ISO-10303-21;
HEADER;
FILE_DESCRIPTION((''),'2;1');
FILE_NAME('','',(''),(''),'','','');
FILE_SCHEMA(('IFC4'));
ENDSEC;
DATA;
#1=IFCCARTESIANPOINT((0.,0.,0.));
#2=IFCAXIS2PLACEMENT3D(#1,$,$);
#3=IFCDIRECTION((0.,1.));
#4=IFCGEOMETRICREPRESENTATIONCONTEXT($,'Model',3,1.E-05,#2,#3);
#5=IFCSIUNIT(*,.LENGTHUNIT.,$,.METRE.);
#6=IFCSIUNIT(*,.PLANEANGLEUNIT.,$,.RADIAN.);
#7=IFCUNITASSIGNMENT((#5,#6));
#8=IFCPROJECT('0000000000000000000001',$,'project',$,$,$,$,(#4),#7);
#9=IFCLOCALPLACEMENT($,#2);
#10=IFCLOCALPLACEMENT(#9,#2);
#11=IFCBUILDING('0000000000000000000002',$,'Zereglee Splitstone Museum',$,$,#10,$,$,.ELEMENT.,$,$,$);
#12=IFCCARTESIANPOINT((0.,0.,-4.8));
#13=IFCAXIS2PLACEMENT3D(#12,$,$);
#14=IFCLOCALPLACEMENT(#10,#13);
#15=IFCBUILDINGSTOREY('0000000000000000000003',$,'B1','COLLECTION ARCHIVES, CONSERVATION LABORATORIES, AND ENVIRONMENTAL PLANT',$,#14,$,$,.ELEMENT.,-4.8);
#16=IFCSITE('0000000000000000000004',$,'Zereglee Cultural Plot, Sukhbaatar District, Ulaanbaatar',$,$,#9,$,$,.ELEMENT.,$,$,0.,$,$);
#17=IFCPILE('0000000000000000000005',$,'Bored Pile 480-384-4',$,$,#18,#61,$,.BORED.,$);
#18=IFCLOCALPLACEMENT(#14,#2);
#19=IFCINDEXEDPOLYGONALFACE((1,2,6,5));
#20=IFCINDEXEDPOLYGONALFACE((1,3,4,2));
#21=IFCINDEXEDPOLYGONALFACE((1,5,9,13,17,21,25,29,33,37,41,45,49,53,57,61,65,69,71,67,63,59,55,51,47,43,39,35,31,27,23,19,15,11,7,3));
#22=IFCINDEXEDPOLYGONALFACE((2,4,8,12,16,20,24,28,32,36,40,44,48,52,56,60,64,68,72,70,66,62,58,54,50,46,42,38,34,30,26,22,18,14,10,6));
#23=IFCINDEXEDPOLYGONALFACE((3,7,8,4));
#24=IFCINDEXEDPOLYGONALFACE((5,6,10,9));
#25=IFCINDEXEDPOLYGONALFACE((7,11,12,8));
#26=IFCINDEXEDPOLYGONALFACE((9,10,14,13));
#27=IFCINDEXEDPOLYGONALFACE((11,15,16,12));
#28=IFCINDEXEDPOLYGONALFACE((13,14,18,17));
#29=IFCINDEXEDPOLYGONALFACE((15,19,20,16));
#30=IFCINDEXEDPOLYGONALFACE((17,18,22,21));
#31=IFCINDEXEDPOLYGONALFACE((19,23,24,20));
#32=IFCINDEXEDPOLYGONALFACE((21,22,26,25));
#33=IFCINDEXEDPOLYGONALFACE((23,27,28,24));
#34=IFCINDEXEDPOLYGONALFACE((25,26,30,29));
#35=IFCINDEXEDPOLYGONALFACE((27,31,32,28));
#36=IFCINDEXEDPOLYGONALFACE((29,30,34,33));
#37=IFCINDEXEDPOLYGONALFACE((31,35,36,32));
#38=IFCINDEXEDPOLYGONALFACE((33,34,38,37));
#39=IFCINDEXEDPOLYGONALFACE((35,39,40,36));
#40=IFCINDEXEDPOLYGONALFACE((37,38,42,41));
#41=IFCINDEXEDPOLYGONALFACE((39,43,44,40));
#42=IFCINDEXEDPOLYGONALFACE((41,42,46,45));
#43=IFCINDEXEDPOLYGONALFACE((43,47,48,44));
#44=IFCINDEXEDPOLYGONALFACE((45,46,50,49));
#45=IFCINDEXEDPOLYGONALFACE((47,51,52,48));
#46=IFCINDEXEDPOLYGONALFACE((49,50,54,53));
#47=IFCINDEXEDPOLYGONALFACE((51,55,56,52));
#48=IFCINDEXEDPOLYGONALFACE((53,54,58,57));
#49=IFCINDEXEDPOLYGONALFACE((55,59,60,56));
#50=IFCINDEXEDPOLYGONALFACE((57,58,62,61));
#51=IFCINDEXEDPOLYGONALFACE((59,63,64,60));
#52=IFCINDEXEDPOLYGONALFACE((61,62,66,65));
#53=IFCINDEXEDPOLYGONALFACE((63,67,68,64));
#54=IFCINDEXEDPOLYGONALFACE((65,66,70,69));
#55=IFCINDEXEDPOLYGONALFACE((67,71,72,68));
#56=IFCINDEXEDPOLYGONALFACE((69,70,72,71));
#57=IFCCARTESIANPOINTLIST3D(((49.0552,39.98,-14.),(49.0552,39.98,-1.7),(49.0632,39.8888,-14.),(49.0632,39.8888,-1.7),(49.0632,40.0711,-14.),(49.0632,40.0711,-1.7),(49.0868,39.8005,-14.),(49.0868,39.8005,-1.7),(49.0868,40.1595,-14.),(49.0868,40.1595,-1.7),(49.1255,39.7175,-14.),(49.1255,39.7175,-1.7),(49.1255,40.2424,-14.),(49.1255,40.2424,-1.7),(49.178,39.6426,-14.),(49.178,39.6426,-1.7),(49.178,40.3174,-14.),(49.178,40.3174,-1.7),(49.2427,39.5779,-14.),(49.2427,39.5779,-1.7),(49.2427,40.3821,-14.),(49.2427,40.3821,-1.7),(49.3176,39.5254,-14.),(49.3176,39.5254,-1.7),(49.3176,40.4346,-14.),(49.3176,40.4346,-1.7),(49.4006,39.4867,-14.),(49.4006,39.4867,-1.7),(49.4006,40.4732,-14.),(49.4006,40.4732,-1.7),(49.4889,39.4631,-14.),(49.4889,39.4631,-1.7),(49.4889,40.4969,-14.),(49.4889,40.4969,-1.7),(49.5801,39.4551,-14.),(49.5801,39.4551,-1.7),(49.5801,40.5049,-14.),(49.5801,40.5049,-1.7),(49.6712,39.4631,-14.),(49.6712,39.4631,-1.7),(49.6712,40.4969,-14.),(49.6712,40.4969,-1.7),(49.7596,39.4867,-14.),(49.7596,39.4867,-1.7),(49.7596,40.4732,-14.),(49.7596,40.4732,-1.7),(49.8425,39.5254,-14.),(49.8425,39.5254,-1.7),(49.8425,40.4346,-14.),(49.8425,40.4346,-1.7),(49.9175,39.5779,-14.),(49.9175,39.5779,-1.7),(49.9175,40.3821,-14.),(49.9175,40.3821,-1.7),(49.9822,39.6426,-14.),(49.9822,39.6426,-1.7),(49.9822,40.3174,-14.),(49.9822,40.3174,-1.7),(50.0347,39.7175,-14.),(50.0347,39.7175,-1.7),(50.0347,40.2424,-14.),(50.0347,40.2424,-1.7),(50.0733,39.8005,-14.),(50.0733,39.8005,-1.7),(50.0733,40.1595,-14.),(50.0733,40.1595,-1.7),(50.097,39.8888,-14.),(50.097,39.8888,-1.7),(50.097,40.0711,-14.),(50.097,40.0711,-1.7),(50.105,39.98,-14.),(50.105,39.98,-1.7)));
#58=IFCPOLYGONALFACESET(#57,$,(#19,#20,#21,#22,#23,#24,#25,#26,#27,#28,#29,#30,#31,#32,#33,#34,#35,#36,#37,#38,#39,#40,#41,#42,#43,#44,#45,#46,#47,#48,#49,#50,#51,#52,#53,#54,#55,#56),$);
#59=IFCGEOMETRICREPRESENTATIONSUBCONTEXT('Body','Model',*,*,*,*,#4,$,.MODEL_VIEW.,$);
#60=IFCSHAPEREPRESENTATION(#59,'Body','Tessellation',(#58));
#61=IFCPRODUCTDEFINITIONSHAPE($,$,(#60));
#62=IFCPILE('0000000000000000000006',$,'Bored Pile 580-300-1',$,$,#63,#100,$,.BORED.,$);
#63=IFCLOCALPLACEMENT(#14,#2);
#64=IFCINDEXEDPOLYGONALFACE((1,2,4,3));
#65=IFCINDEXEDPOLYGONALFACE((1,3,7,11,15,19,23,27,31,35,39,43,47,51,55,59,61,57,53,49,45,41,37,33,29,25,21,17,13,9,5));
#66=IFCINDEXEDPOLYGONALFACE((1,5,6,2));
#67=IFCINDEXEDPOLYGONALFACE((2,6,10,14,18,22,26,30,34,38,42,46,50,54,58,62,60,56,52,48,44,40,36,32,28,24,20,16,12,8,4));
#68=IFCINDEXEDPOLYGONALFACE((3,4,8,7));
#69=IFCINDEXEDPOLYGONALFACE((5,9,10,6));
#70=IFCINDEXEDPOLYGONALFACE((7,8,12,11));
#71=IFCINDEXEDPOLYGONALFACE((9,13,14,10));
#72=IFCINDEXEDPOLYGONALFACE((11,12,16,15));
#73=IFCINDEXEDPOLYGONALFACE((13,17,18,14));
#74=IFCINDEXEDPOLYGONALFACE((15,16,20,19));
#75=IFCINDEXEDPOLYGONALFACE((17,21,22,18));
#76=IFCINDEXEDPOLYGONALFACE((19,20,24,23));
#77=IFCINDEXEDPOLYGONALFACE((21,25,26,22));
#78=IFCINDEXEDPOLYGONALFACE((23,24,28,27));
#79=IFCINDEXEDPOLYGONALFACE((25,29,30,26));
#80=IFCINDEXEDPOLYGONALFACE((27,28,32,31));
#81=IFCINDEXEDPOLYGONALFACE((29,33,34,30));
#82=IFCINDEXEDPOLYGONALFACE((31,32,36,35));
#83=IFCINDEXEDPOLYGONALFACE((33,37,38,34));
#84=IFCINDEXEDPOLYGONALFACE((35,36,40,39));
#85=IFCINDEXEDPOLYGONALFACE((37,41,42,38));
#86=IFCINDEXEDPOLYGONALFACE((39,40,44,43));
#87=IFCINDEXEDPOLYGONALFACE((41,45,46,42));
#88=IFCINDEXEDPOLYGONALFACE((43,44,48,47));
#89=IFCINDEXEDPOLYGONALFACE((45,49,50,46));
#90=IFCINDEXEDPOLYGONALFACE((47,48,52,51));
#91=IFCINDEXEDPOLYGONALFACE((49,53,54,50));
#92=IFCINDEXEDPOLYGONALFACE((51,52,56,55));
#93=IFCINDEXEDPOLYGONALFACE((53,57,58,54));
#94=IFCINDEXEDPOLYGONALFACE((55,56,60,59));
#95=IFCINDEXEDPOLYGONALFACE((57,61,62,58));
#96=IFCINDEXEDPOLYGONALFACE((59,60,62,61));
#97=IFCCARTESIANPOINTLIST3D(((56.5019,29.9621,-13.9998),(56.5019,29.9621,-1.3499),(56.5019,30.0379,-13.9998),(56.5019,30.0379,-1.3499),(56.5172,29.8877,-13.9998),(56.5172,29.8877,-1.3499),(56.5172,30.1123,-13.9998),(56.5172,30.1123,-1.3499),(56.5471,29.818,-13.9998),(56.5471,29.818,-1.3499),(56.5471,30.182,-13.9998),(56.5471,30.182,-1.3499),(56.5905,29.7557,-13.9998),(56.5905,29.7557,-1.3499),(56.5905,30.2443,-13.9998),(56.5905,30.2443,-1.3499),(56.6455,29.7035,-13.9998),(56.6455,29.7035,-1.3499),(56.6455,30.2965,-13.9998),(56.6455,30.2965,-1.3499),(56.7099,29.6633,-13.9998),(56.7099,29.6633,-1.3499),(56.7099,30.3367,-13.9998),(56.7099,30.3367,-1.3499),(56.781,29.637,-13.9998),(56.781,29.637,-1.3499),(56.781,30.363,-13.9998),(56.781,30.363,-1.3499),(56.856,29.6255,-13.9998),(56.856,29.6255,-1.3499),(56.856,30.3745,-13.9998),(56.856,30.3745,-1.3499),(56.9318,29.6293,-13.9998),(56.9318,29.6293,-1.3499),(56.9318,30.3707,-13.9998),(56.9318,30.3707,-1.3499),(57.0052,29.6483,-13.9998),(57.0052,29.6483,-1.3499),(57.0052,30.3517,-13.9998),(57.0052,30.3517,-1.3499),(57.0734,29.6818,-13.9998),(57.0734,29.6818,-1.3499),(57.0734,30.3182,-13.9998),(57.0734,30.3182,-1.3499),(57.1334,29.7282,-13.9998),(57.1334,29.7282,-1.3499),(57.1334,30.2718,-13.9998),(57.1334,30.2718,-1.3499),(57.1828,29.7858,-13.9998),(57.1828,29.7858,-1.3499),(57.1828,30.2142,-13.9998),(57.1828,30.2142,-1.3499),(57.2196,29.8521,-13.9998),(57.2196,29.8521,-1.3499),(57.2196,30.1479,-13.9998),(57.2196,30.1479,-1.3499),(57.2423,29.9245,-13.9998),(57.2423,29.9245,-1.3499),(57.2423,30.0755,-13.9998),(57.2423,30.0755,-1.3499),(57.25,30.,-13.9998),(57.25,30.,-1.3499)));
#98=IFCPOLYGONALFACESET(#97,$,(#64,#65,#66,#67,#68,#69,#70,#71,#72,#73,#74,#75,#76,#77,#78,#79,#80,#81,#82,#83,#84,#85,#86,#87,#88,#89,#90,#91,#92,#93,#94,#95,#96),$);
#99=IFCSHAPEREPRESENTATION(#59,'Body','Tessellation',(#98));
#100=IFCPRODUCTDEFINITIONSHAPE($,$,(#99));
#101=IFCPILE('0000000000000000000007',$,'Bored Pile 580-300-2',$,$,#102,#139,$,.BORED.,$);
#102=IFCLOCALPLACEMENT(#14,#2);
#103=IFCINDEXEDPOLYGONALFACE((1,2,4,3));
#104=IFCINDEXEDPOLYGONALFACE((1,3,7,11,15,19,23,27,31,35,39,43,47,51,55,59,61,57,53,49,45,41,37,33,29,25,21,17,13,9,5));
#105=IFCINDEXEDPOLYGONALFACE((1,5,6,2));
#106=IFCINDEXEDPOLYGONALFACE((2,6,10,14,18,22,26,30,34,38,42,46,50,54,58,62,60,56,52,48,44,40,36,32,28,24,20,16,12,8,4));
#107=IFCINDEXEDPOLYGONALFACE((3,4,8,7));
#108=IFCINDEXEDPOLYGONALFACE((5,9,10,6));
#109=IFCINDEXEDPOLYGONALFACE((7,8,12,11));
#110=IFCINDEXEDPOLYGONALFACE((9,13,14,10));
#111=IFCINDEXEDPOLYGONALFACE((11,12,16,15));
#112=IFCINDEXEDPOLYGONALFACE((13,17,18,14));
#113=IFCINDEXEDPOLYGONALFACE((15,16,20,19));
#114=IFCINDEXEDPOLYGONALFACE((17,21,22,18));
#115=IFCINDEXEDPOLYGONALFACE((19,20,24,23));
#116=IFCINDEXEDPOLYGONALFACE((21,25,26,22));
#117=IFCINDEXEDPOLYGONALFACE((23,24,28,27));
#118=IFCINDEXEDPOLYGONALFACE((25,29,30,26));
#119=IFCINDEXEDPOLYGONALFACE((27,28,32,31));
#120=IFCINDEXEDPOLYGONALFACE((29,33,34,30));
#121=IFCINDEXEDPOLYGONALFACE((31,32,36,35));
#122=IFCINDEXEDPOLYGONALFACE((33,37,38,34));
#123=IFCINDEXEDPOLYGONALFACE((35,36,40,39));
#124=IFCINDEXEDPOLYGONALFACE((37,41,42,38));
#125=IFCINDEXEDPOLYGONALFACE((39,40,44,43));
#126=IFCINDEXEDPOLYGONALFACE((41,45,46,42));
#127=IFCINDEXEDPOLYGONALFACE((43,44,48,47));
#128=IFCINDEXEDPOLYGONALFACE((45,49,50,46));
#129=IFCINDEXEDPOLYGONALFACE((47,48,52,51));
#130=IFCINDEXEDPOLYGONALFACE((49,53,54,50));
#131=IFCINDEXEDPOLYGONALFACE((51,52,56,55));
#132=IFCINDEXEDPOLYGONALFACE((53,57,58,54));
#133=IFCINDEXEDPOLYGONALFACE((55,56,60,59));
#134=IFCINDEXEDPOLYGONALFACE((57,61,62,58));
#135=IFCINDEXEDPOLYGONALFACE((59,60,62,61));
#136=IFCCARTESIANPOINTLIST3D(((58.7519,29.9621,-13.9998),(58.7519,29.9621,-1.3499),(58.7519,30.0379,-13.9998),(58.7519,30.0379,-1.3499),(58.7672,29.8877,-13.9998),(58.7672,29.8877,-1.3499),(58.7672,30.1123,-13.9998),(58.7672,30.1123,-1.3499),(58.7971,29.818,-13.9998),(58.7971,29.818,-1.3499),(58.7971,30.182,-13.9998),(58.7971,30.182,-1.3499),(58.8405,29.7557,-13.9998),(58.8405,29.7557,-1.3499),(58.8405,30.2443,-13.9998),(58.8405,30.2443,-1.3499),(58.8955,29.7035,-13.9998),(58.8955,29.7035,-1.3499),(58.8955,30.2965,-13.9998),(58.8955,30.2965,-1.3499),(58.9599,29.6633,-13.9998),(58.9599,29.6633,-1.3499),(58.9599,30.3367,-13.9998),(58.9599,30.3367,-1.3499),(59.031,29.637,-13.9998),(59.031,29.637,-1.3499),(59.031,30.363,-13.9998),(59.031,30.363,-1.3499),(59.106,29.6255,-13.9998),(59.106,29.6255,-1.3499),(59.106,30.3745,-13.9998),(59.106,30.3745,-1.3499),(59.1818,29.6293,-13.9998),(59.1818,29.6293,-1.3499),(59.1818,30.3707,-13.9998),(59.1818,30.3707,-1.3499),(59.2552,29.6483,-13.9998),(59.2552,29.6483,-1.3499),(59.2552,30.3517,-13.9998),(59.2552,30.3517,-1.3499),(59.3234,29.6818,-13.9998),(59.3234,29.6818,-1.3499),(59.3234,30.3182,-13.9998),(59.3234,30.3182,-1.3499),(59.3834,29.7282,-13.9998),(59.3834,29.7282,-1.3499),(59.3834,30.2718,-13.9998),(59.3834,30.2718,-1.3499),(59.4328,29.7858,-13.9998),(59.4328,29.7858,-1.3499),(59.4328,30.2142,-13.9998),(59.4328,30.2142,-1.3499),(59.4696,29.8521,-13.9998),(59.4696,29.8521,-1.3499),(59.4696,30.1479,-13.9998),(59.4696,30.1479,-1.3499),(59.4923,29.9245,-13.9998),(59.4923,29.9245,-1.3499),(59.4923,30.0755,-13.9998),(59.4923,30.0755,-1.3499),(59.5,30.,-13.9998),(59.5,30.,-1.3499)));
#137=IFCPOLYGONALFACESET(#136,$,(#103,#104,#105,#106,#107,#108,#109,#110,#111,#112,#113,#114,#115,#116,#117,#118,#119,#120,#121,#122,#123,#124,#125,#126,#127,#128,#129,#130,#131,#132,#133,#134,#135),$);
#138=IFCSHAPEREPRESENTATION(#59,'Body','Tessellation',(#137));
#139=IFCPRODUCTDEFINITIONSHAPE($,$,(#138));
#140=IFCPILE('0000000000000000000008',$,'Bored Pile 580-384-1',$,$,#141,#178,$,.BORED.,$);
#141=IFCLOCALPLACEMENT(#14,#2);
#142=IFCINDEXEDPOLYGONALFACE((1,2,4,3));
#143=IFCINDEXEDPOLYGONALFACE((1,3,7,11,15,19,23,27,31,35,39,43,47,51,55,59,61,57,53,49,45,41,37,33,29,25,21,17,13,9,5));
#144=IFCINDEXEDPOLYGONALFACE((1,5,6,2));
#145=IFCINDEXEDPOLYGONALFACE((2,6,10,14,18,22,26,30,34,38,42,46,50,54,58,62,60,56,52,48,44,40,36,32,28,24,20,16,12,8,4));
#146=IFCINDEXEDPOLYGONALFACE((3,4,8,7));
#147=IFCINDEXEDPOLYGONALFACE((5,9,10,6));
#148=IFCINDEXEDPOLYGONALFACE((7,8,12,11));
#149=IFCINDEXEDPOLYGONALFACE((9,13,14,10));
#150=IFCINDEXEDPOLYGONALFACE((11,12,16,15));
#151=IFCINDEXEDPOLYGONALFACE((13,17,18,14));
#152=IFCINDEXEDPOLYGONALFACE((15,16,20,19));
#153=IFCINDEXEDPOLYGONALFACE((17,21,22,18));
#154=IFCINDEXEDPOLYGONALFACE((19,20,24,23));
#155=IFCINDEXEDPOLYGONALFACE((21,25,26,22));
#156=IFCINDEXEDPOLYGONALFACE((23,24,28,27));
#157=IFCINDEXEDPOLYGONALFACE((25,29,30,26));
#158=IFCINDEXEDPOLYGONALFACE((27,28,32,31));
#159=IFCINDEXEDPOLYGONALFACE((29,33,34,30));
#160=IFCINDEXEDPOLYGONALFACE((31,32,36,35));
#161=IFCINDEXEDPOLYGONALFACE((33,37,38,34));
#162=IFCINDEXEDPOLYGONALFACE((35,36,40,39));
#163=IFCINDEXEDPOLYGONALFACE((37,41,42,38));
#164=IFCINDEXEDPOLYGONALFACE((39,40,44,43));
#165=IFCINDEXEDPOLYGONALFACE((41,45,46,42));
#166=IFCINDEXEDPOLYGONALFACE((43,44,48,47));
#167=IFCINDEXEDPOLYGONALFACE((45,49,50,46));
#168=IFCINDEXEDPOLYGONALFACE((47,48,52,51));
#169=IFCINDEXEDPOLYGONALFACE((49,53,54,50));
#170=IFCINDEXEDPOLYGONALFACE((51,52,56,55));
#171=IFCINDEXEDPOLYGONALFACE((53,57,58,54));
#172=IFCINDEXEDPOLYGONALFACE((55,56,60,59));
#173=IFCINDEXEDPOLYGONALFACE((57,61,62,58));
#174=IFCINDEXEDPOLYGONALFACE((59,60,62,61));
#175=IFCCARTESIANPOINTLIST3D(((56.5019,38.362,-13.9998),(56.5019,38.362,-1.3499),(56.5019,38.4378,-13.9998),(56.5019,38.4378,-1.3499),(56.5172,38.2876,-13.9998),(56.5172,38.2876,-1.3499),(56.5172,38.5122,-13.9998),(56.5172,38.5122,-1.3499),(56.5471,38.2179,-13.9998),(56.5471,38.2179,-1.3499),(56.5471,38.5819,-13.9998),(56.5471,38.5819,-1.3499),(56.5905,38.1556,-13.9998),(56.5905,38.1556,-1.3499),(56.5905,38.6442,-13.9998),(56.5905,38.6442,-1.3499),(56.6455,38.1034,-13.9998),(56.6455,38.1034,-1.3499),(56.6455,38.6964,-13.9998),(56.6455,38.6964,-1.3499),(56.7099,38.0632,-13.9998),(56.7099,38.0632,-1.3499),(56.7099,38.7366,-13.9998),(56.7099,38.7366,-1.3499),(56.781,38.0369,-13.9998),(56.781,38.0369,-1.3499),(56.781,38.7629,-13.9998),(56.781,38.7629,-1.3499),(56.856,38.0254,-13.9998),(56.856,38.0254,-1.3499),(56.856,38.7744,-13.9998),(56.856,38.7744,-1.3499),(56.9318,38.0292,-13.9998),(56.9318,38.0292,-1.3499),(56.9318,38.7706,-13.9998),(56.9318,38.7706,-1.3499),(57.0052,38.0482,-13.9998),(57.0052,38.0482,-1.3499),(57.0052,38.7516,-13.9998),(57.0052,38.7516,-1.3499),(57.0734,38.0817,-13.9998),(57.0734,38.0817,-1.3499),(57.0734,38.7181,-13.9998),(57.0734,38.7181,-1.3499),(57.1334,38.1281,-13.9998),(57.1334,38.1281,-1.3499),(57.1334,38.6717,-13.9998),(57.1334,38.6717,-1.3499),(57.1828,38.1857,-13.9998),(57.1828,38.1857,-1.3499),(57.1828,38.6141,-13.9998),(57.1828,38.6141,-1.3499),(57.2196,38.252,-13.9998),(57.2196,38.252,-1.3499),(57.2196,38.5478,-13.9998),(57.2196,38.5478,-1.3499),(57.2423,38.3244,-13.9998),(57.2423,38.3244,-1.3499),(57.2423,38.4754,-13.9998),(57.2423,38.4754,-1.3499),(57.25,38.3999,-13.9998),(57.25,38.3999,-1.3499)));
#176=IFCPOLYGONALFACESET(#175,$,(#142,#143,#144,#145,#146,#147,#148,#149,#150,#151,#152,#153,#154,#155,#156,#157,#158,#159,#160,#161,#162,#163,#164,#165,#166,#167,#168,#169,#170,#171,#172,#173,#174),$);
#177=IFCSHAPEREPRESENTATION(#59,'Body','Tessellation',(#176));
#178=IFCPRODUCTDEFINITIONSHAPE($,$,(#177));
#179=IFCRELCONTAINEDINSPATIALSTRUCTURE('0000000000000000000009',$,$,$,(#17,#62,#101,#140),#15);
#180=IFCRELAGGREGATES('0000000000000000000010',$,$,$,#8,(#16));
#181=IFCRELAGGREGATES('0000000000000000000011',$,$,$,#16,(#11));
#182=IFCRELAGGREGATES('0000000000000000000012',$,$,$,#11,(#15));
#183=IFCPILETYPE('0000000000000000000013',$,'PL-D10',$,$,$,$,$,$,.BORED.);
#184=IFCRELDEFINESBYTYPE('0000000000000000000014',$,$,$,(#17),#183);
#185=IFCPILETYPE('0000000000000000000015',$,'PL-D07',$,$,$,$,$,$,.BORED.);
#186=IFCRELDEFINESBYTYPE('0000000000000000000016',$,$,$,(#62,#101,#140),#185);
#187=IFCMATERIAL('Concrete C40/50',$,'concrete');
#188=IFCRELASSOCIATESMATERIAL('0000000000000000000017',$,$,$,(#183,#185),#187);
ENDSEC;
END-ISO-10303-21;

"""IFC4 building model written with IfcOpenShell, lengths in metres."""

from ifc_helpers import new_model, si_unit, direction, frame, origin, origin_2d, place, context, subcontext, project, spatial, circle, extrude, material, material_profile, profile_set, type_object, element, save


model = new_model("IFC4")

# Units and contexts
model_context = context("Model", 3, precision=1e-05, world=origin(), true_north=direction((0.0, 1.0)))
body_context = subcontext(model_context, "Body", "Model", "MODEL_VIEW")
ifc_project = project(units=[si_unit("LENGTHUNIT", "METRE"), si_unit("PLANEANGLEUNIT", "RADIAN")], contexts=[model_context])

# Site, building, storey
site_placement = place(None, origin())
site = spatial("IfcSite", under=ifc_project, at=site_placement, Name="Zereglee Cultural Plot, Sukhbaatar District, Ulaanbaatar", CompositionType="ELEMENT", RefElevation=0.0)
building_placement = place(site_placement, origin())
building = spatial("IfcBuilding", under=site, at=building_placement, Name="Zereglee Splitstone Museum", CompositionType="ELEMENT")
storey_placement = place(building_placement, frame((0.0, 0.0, -4.8)))
storey = spatial("IfcBuildingStorey", under=building, at=storey_placement, Name="B1", Description="COLLECTION ARCHIVES, CONSERVATION LABORATORIES, AND ENVIRONMENTAL PLANT", CompositionType="ELEMENT", Elevation=-4.8)

# Shared definitions
ifc_material_1 = material(Name="Concrete C40/50", Category="concrete")

# Piles
ifc_material_profile_1 = material_profile(ifc_material_1, circle(Radius=0.5249, at=origin_2d()), Name="PILE D1050")
ifc_profile_set_1 = profile_set([ifc_material_profile_1], Name="Concrete C40/50")
pile_type_1 = type_object("IfcPileType", Name="PL-D10", PredefinedType="BORED", material=ifc_profile_set_1)
for number, where, z_axis, x_axis, name in (
    (1, (49.5801, 39.98, -1.7), (0.0, 0.0, -1.0), (1.0, 0.0, 0.0), "Bored Pile 480-384-4"),
):
    element("IfcPile", number, at=place(storey_placement, frame(where, z_axis=z_axis, x_axis=x_axis)), inside=storey, type_object=pile_type_1, Name=name, PredefinedType="BORED", context=body_context, shape_type="SweptSolid", body=[
        extrude(circle(Radius=0.5249, at=origin_2d()), origin(), (0.0, 0.0, 1.0), 12.3),
    ])
ifc_material_profile_2 = material_profile(ifc_material_1, circle(Radius=0.375, at=origin_2d()), Name="PILE D750")
ifc_profile_set_2 = profile_set([ifc_material_profile_2], Name="Concrete C40/50")
pile_type_2 = type_object("IfcPileType", Name="PL-D07", PredefinedType="BORED", material=ifc_profile_set_2)
for number, where, z_axis, x_axis, name in (
    (2, (56.875, 30.0, -1.3499), (0.0, 0.0, -1.0), (1.0, 0.0, 0.0), "Bored Pile 580-300-1"),
    (3, (59.125, 30.0, -1.3499), (0.0, 0.0, -1.0), (1.0, 0.0, 0.0), "Bored Pile 580-300-2"),
    (4, (56.875, 38.3999, -1.3499), (0.0, 0.0, -1.0), (1.0, 0.0, 0.0), "Bored Pile 580-384-1"),
):
    element("IfcPile", number, at=place(storey_placement, frame(where, z_axis=z_axis, x_axis=x_axis)), inside=storey, type_object=pile_type_2, Name=name, PredefinedType="BORED", context=body_context, shape_type="SweptSolid", body=[
        extrude(circle(Radius=0.375, at=origin_2d()), origin(), (0.0, 0.0, 1.0), 12.6499),
    ])

save(model, "model.ifc")
